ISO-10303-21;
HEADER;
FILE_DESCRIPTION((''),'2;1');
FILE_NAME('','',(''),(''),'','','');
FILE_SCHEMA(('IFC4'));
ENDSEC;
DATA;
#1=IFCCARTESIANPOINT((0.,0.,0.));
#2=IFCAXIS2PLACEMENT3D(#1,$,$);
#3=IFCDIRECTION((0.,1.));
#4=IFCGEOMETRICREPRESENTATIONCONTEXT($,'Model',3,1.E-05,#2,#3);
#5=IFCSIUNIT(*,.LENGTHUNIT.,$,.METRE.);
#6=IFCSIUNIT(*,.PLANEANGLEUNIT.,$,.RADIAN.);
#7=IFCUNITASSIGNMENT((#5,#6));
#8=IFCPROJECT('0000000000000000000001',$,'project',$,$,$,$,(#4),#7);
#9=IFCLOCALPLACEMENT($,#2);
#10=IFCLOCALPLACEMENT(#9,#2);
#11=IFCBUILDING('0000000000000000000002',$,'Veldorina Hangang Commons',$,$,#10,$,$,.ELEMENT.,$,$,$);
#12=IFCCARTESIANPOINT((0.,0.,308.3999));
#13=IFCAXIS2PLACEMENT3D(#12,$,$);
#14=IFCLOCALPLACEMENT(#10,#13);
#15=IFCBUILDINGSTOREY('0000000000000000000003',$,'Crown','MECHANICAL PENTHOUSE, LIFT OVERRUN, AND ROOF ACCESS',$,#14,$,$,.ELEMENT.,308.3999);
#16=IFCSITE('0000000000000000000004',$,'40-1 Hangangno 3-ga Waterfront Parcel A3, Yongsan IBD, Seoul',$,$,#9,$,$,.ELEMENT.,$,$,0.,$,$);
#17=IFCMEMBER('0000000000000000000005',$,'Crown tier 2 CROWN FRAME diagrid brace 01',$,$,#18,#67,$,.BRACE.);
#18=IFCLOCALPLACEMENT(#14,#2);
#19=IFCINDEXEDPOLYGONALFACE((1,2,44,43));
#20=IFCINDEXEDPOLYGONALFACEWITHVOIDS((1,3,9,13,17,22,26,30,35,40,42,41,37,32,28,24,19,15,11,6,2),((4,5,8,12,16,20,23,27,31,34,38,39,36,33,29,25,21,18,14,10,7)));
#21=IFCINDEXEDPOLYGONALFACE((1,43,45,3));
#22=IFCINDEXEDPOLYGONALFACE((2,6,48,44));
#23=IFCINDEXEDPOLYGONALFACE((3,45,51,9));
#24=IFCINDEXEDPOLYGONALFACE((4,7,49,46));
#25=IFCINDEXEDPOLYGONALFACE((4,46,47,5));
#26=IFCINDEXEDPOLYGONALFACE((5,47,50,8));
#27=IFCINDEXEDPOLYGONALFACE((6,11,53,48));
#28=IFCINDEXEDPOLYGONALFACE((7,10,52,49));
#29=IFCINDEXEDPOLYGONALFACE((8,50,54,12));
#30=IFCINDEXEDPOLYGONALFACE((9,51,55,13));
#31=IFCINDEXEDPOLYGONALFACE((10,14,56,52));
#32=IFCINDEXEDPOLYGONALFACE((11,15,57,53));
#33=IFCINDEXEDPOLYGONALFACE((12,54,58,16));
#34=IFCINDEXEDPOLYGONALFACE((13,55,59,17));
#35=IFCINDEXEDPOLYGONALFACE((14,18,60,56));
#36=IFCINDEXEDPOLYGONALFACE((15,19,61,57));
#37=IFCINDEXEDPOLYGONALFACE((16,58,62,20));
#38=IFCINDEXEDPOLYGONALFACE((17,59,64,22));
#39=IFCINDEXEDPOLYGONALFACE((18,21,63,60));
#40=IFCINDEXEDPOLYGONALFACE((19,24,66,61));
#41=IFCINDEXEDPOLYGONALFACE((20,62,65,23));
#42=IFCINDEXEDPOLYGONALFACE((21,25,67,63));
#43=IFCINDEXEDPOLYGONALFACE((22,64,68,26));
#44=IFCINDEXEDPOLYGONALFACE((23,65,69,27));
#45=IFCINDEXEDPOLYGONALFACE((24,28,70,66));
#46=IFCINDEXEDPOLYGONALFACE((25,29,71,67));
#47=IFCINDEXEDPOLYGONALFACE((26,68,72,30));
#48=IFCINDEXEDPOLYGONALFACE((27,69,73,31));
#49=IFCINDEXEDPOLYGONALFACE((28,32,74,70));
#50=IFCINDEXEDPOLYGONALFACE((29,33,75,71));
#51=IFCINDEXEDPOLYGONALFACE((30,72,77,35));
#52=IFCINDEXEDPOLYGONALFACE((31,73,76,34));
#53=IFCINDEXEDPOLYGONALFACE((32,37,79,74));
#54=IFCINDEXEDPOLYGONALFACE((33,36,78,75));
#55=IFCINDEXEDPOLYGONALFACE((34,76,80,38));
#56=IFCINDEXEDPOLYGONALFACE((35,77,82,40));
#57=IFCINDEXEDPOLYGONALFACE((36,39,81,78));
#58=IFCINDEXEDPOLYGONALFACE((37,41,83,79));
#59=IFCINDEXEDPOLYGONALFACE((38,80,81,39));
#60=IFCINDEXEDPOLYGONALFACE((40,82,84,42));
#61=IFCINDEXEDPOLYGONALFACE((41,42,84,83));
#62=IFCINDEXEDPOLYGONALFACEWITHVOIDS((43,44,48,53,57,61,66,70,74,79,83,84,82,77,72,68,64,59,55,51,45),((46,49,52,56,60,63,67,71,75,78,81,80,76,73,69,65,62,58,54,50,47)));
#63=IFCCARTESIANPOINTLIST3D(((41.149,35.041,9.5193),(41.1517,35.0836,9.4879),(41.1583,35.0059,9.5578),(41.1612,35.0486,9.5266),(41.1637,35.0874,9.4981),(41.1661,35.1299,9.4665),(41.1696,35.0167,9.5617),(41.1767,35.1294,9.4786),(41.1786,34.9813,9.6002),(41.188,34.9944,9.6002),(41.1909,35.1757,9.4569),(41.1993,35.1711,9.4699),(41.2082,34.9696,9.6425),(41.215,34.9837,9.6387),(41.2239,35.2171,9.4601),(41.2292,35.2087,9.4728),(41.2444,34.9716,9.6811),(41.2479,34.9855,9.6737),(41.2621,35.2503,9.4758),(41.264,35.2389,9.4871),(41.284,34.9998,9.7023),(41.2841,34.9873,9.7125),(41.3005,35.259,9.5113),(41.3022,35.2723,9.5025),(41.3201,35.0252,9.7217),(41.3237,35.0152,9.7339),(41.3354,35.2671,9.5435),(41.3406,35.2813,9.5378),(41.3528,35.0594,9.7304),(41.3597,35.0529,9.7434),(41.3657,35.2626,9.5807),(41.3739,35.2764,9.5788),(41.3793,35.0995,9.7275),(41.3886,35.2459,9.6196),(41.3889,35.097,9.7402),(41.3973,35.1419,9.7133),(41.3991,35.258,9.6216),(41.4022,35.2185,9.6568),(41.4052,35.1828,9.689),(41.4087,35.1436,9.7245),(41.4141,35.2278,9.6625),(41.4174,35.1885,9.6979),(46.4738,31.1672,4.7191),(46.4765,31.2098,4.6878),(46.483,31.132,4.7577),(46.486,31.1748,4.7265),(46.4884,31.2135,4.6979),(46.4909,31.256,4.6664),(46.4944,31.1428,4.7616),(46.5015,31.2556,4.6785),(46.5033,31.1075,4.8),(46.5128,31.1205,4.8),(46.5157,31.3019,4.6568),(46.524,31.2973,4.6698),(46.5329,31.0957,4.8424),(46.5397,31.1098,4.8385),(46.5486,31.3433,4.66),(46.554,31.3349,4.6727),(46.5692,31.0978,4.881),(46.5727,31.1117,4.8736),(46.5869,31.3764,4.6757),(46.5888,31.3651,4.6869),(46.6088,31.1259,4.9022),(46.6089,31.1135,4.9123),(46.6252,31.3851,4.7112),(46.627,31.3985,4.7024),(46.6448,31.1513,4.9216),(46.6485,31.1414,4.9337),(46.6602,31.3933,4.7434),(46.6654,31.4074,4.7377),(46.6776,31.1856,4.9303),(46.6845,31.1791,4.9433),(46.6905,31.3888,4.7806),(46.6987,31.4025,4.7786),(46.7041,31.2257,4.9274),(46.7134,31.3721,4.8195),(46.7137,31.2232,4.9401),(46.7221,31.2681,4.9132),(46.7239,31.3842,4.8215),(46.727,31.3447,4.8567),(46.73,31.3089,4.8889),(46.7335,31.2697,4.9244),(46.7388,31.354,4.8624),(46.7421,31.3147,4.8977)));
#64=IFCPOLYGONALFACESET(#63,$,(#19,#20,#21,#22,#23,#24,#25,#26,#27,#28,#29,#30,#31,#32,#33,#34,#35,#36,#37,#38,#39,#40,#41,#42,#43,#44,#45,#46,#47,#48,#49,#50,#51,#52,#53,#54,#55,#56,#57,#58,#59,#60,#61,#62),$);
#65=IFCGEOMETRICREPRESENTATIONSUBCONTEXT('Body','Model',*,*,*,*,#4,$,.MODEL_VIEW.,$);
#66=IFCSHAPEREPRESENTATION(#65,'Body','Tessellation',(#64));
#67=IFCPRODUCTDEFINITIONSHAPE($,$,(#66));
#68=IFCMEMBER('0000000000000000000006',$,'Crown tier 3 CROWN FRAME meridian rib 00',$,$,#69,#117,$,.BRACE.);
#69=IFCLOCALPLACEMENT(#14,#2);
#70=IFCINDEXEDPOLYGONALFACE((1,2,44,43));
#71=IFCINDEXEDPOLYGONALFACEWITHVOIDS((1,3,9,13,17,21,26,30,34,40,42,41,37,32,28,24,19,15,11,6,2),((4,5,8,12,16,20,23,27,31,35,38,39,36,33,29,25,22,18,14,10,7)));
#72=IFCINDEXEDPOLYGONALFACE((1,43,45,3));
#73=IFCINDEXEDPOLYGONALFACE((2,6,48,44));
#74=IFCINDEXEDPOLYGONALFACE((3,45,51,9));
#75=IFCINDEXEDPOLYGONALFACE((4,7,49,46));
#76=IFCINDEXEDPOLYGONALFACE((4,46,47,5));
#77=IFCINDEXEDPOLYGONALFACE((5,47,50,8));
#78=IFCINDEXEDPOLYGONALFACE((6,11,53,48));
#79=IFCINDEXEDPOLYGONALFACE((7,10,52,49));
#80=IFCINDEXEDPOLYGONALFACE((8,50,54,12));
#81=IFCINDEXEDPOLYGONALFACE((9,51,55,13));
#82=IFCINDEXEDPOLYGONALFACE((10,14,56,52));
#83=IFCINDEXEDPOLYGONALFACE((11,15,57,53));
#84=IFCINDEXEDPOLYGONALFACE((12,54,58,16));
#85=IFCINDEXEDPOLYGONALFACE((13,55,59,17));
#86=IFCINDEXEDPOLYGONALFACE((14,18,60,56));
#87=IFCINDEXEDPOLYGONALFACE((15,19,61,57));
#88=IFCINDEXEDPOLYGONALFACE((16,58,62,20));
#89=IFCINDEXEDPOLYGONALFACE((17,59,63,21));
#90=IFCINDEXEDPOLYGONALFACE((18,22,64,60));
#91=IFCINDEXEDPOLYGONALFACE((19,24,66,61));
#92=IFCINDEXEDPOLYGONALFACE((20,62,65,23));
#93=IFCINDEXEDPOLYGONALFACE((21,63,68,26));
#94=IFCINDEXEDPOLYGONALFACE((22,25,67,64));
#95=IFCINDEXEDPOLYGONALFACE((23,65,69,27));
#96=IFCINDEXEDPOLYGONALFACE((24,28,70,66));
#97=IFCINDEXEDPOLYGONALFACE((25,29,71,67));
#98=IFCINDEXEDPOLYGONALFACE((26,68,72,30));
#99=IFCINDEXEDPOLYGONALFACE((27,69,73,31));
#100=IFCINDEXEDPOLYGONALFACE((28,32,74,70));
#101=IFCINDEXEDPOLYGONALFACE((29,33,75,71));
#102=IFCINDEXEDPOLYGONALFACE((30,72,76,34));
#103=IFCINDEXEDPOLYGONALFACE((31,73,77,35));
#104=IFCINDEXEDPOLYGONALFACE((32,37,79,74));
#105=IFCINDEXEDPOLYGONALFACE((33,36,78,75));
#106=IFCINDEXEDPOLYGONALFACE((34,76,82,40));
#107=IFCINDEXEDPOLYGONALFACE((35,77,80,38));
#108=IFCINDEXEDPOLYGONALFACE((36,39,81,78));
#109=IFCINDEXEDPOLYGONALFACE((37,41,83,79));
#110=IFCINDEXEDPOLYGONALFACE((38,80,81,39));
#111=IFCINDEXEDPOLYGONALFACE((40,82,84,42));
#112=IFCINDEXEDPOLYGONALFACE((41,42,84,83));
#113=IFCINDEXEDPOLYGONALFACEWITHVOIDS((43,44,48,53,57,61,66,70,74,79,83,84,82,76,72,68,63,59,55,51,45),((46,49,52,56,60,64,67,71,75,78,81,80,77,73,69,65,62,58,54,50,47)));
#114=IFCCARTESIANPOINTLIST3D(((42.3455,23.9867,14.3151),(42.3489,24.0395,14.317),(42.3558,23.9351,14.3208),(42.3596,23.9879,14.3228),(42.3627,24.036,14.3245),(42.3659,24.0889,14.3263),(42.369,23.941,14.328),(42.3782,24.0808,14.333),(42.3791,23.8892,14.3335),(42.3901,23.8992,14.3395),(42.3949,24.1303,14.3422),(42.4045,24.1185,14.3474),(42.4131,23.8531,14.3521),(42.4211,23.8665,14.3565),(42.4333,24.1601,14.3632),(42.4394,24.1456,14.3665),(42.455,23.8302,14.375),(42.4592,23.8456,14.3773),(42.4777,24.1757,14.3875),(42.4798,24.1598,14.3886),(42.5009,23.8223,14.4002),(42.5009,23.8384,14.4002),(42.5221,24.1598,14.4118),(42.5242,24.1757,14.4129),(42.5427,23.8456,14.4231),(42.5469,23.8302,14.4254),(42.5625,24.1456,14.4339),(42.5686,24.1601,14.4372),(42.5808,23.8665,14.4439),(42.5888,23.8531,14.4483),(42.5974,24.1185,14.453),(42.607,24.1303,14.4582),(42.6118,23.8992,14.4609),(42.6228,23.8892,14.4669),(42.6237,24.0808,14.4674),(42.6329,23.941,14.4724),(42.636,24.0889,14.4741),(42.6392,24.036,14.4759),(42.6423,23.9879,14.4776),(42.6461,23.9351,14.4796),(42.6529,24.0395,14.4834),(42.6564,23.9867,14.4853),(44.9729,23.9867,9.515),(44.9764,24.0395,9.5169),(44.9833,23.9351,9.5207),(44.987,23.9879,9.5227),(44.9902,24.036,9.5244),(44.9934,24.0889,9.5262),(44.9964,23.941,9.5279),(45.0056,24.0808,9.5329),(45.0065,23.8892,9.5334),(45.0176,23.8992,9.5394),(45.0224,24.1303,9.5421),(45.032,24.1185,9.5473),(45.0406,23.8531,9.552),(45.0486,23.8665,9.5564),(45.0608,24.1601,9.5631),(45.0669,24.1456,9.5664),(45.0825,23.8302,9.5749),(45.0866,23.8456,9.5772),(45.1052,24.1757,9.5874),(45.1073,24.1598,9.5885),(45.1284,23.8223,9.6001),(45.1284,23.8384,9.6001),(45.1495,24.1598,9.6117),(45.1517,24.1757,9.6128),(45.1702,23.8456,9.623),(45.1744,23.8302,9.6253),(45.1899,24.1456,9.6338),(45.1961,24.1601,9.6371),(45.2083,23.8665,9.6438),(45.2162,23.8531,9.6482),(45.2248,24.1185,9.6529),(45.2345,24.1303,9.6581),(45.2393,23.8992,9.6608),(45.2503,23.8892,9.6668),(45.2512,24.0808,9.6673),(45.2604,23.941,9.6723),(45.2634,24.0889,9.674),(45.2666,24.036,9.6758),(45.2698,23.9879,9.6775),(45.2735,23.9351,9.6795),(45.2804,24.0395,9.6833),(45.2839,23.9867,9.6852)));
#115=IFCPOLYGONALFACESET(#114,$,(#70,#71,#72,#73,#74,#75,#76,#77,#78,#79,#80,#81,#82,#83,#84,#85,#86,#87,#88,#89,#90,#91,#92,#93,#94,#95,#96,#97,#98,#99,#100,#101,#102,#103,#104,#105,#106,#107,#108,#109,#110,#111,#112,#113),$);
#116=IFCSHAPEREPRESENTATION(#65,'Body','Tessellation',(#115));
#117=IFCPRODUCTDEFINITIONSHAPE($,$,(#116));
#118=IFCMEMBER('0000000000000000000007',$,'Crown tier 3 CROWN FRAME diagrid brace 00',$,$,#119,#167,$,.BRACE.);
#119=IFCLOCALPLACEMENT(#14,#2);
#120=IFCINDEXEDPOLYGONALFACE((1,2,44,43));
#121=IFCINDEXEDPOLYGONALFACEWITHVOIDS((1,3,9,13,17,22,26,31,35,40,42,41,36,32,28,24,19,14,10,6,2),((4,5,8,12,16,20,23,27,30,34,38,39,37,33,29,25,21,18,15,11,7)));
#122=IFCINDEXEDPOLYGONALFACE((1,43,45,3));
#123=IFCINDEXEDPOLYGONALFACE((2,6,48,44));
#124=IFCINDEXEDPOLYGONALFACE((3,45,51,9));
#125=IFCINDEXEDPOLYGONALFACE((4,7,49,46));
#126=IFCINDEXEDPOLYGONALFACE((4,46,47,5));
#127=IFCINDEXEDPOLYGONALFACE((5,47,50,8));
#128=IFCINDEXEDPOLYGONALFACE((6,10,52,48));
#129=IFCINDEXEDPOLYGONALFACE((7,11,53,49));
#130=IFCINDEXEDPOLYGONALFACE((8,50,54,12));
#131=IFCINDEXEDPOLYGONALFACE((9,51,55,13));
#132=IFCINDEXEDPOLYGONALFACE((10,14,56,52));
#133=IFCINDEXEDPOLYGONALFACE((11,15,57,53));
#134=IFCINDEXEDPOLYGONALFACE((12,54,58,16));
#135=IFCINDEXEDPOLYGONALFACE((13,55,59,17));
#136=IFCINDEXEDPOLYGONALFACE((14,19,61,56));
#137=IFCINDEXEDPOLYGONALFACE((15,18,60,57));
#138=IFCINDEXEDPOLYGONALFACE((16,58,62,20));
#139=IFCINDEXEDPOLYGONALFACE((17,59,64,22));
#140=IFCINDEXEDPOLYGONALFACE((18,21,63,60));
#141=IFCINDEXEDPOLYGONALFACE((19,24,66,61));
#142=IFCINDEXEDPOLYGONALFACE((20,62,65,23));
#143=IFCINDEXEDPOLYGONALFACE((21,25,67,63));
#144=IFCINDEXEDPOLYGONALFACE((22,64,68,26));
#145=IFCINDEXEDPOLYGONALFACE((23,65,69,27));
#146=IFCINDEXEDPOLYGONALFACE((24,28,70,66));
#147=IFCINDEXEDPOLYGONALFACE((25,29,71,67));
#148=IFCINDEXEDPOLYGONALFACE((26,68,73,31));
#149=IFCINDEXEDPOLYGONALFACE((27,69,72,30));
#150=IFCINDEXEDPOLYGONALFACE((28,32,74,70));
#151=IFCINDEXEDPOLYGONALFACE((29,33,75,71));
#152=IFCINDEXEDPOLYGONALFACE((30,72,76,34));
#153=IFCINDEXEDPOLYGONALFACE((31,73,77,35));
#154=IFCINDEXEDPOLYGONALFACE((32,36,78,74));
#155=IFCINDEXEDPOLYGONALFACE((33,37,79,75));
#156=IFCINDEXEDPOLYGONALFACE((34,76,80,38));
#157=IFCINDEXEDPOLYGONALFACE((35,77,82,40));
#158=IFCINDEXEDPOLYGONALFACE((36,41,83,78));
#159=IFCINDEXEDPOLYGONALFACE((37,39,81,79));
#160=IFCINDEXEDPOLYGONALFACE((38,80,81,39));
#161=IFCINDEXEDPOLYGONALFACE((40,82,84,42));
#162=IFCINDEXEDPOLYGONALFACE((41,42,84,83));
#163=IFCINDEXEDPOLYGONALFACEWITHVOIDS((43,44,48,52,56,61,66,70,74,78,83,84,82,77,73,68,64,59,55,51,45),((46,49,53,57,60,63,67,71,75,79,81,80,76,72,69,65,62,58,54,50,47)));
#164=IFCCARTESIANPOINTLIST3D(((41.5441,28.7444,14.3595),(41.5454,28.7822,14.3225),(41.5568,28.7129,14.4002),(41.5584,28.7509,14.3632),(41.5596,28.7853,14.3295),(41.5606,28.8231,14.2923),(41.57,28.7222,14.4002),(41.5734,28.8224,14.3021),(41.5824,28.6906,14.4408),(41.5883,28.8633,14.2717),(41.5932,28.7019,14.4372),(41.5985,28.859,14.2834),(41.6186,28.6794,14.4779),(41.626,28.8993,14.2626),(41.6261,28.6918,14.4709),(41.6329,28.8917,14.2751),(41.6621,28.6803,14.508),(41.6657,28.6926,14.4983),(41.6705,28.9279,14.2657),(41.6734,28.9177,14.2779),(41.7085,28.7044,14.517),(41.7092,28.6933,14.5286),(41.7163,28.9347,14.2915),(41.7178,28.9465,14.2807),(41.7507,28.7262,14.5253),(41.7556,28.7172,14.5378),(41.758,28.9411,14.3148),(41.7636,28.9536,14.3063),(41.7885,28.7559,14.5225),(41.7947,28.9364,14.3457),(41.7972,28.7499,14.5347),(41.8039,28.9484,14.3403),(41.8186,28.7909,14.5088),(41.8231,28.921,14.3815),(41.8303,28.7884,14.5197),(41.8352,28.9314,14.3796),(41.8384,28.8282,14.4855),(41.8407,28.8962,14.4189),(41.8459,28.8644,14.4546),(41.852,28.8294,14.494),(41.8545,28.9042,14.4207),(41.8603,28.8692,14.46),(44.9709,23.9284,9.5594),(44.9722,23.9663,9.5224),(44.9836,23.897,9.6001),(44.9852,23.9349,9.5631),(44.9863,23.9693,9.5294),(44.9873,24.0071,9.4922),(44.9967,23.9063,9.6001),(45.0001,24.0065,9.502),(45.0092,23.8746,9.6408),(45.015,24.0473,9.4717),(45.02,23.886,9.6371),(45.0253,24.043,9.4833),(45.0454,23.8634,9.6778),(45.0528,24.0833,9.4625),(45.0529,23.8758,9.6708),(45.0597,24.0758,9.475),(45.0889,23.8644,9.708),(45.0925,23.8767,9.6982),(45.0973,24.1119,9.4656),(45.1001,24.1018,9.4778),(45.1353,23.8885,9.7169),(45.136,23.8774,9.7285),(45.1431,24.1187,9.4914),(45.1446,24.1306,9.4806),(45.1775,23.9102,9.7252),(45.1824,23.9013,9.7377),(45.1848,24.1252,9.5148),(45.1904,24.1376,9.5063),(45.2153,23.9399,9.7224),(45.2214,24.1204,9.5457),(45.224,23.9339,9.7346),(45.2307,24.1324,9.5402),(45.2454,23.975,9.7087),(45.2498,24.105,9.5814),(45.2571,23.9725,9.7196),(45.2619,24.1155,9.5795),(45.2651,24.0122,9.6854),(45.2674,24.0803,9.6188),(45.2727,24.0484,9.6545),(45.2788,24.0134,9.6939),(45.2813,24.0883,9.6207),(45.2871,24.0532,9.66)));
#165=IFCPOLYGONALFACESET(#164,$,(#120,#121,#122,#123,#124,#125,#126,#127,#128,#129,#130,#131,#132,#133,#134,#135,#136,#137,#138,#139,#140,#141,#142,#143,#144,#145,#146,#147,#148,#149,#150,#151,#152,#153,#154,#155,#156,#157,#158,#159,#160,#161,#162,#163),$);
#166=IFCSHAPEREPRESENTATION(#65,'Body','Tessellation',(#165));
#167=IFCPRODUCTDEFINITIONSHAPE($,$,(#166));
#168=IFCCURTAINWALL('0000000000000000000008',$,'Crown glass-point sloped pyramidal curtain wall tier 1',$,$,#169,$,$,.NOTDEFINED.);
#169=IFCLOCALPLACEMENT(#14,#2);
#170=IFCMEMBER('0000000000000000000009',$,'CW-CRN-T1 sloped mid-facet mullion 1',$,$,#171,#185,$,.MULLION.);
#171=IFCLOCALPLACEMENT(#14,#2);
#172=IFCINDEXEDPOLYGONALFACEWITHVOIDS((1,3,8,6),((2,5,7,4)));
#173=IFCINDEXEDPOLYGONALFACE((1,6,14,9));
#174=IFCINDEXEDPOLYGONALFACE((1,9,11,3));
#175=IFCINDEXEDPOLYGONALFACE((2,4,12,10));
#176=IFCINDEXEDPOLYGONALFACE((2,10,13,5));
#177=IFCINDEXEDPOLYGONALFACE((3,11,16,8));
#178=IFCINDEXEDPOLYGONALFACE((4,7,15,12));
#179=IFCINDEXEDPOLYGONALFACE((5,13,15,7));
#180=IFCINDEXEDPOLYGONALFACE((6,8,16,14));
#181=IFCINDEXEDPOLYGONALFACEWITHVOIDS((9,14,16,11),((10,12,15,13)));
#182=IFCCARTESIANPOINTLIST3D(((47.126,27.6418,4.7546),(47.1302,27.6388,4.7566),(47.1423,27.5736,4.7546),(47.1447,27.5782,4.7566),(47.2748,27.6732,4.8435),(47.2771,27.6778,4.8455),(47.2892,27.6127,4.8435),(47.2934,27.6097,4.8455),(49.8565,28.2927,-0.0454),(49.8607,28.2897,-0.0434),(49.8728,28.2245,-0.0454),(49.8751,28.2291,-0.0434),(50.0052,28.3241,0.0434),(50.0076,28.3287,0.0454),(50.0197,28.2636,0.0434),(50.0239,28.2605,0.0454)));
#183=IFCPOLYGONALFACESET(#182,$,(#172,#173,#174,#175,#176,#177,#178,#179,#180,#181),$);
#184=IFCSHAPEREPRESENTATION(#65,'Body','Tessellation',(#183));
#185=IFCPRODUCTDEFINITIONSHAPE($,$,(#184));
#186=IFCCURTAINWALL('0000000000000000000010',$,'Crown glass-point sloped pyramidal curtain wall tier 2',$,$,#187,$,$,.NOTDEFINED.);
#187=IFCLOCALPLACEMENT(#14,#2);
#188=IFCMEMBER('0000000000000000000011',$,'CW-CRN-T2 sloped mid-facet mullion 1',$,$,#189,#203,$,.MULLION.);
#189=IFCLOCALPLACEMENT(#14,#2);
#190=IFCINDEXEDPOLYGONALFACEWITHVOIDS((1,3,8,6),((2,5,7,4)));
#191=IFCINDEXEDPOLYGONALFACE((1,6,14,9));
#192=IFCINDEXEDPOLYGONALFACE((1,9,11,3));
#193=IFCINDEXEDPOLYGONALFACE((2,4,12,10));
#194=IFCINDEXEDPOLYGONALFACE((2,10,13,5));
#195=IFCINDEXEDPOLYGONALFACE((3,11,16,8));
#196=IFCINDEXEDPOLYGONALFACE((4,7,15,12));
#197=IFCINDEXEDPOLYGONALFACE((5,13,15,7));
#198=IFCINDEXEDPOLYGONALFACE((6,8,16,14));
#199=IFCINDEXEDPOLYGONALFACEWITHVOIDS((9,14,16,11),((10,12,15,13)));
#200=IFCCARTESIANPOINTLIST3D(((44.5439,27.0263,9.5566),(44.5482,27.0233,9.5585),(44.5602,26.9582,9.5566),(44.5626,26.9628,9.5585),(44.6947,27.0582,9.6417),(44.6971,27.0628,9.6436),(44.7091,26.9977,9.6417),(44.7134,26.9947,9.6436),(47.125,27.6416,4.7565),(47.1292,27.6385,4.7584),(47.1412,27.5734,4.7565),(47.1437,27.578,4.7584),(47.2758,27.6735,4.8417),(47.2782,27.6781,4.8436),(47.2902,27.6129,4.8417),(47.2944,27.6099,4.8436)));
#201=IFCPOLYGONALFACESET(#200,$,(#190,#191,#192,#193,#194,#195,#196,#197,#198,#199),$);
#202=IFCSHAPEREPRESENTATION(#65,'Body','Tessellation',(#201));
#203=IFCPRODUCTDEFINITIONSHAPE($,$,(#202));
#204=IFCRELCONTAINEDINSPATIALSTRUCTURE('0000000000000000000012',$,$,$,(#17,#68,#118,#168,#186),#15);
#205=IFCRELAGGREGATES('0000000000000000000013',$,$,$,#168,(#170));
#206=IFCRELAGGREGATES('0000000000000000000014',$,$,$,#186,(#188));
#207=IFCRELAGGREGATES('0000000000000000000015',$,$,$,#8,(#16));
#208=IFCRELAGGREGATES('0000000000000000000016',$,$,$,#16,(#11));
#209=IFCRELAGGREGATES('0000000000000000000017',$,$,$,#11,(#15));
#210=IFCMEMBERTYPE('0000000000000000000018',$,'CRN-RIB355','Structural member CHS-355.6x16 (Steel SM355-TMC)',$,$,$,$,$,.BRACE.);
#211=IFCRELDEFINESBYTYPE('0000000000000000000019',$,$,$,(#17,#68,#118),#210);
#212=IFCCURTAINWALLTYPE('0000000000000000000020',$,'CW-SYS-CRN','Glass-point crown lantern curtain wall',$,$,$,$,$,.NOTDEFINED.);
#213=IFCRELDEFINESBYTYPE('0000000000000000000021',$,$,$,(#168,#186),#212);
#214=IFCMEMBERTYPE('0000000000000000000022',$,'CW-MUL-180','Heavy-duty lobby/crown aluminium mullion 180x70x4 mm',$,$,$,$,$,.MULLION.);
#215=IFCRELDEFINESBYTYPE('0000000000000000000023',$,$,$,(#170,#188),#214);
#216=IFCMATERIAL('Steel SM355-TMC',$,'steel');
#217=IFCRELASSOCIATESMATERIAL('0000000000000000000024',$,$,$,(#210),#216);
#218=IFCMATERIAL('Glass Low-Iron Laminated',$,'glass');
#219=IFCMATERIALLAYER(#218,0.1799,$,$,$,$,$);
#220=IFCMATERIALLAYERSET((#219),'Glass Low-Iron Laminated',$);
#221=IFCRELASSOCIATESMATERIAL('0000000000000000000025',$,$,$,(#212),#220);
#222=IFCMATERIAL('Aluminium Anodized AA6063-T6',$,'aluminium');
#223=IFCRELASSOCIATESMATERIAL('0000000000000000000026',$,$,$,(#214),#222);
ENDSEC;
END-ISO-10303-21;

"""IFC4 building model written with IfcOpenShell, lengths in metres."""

from ifc_helpers import new_model, si_unit, direction, frame, origin, origin_2d, place, context, subcontext, project, spatial, hollow_rectangle, hollow_circle, extrude, material, layer, layer_set, material_profile, profile_set, type_object, element, aggregate, save


model = new_model("IFC4")

# Units and contexts
model_context = context("Model", 3, precision=1e-05, world=origin(), true_north=direction((0.0, 1.0)))
body_context = subcontext(model_context, "Body", "Model", "MODEL_VIEW")
ifc_project = project(units=[si_unit("LENGTHUNIT", "METRE"), si_unit("PLANEANGLEUNIT", "RADIAN")], contexts=[model_context])

# Site, building, storey
site_placement = place(None, origin())
site = spatial("IfcSite", under=ifc_project, at=site_placement, Name="40-1 Hangangno 3-ga Waterfront Parcel A3, Yongsan IBD, Seoul", CompositionType="ELEMENT", RefElevation=0.0)
building_placement = place(site_placement, origin())
building = spatial("IfcBuilding", under=site, at=building_placement, Name="Veldorina Hangang Commons", CompositionType="ELEMENT")
storey_placement = place(building_placement, frame((0.0, 0.0, 308.3999)))
storey = spatial("IfcBuildingStorey", under=building, at=storey_placement, Name="Crown", Description="MECHANICAL PENTHOUSE, LIFT OVERRUN, AND ROOF ACCESS", CompositionType="ELEMENT", Elevation=308.3999)

# Members
ifc_material_1 = material(Name="Steel SM355-TMC", Category="steel")
ifc_material_profile_1 = material_profile(ifc_material_1, hollow_circle(Radius=0.1777, WallThickness=0.0161, at=origin_2d()), Name="CHS-355.6x16")
ifc_profile_set_1 = profile_set([ifc_material_profile_1], Name="Steel SM355-TMC")
member_type_1 = type_object("IfcMemberType", Name="CRN-RIB355", Description="Structural member CHS-355.6x16 (Steel SM355-TMC)", PredefinedType="BRACE", material=ifc_profile_set_1)
member_1_placement = place(storey_placement, frame((46.6079, 31.2512, 4.8), z_axis=(-0.653453, 0.475394, 0.589067), x_axis=(-0.588297, -0.808645, 0.0)))
element("IfcMember", 1, at=member_1_placement, inside=storey, type_object=member_type_1, Name="Crown tier 2 CROWN FRAME diagrid brace 01", PredefinedType="BRACE", context=body_context, shape_type="SweptSolid", body=[
    extrude(hollow_circle(Radius=0.1777, WallThickness=0.0161, at=origin_2d()), origin(), (0.0, 0.0, 1.0), 8.1487),
])
member_2_placement = place(storey_placement, frame((45.1284, 24.0, 9.6001), z_axis=(-0.480152, 0.0, 0.877185), x_axis=(0.0, -1.0, 0.0)))
element("IfcMember", 2, at=member_2_placement, inside=storey, type_object=member_type_1, Name="Crown tier 3 CROWN FRAME meridian rib 00", PredefinedType="BRACE", context=body_context, shape_type="SweptSolid", body=[
    extrude(hollow_circle(Radius=0.1777, WallThickness=0.0161, at=origin_2d()), origin(), (0.0, 0.0, 1.0), 5.4722),
])
member_3_placement = place(storey_placement, frame((45.1284, 24.0, 9.6001), z_axis=(-0.450048, 0.632491, 0.630407), x_axis=(-0.814787, -0.57976, 0.0)))
element("IfcMember", 3, at=member_3_placement, inside=storey, type_object=member_type_1, Name="Crown tier 3 CROWN FRAME diagrid brace 00", PredefinedType="BRACE", context=body_context, shape_type="SweptSolid", body=[
    extrude(hollow_circle(Radius=0.1777, WallThickness=0.0161, at=origin_2d()), origin(), (0.0, 0.0, 1.0), 7.6143),
])

# Curtain walls, members
ifc_material_2 = material(Name="Glass Low-Iron Laminated", Category="glass")
ifc_layer_1 = layer(ifc_material_2, 0.1799)
ifc_layer_set_1 = layer_set([ifc_layer_1], Name="Glass Low-Iron Laminated")
curtain_wall_type = type_object("IfcCurtainWallType", Name="CW-SYS-CRN", Description="Glass-point crown lantern curtain wall", PredefinedType="NOTDEFINED", material=ifc_layer_set_1)
curtain_wall_1_placement = place(storey_placement, origin())
curtain_wall_1 = element("IfcCurtainWall", 4, at=curtain_wall_1_placement, inside=storey, type_object=curtain_wall_type, Name="Crown glass-point sloped pyramidal curtain wall tier 1", PredefinedType="NOTDEFINED")
ifc_material_3 = material(Name="Aluminium Anodized AA6063-T6", Category="aluminium")
ifc_material_profile_2 = material_profile(ifc_material_3, hollow_rectangle(XDim=0.0701, YDim=0.1799, WallThickness=0.0039, at=origin_2d()), Name="ALU-RHS-180x70x4")
ifc_profile_set_2 = profile_set([ifc_material_profile_2], Name="Aluminium Anodized AA6063-T6")
member_type_2 = type_object("IfcMemberType", Name="CW-MUL-180", Description="Heavy-duty lobby/crown aluminium mullion 180x70x4 mm", PredefinedType="MULLION", material=ifc_profile_set_2)
member_4_placement = place(storey_placement, frame((49.9402, 28.2766, 0.0), z_axis=(-0.491044, -0.117053, 0.863235), x_axis=(0.231879, -0.972745, 0.0)))
member_4 = element("IfcMember", 5, at=member_4_placement, type_object=member_type_2, Name="CW-CRN-T1 sloped mid-facet mullion 1", PredefinedType="MULLION", context=body_context, shape_type="SweptSolid", body=[
    extrude(hollow_rectangle(XDim=0.0701, YDim=0.1799, WallThickness=0.0039, at=origin_2d()), origin(), (0.0, 0.0, 1.0), 5.5605),
])
curtain_wall_2_placement = place(storey_placement, origin())
curtain_wall_2 = element("IfcCurtainWall", 6, at=curtain_wall_2_placement, inside=storey, type_object=curtain_wall_type, Name="Crown glass-point sloped pyramidal curtain wall tier 2", PredefinedType="NOTDEFINED")
member_5_placement = place(storey_placement, frame((47.2097, 27.6257, 4.8), z_axis=(-0.4706, -0.112175, 0.875187), x_axis=(0.231869, -0.972747, 0.0)))
member_5 = element("IfcMember", 7, at=member_5_placement, type_object=member_type_2, Name="CW-CRN-T2 sloped mid-facet mullion 1", PredefinedType="MULLION", context=body_context, shape_type="SweptSolid", body=[
    extrude(hollow_rectangle(XDim=0.0701, YDim=0.1799, WallThickness=0.0039, at=origin_2d()), origin(), (0.0, 0.0, 1.0), 5.4846),
])

aggregate(curtain_wall_1, [member_4])
aggregate(curtain_wall_2, [member_5])

save(model, "model.ifc")
